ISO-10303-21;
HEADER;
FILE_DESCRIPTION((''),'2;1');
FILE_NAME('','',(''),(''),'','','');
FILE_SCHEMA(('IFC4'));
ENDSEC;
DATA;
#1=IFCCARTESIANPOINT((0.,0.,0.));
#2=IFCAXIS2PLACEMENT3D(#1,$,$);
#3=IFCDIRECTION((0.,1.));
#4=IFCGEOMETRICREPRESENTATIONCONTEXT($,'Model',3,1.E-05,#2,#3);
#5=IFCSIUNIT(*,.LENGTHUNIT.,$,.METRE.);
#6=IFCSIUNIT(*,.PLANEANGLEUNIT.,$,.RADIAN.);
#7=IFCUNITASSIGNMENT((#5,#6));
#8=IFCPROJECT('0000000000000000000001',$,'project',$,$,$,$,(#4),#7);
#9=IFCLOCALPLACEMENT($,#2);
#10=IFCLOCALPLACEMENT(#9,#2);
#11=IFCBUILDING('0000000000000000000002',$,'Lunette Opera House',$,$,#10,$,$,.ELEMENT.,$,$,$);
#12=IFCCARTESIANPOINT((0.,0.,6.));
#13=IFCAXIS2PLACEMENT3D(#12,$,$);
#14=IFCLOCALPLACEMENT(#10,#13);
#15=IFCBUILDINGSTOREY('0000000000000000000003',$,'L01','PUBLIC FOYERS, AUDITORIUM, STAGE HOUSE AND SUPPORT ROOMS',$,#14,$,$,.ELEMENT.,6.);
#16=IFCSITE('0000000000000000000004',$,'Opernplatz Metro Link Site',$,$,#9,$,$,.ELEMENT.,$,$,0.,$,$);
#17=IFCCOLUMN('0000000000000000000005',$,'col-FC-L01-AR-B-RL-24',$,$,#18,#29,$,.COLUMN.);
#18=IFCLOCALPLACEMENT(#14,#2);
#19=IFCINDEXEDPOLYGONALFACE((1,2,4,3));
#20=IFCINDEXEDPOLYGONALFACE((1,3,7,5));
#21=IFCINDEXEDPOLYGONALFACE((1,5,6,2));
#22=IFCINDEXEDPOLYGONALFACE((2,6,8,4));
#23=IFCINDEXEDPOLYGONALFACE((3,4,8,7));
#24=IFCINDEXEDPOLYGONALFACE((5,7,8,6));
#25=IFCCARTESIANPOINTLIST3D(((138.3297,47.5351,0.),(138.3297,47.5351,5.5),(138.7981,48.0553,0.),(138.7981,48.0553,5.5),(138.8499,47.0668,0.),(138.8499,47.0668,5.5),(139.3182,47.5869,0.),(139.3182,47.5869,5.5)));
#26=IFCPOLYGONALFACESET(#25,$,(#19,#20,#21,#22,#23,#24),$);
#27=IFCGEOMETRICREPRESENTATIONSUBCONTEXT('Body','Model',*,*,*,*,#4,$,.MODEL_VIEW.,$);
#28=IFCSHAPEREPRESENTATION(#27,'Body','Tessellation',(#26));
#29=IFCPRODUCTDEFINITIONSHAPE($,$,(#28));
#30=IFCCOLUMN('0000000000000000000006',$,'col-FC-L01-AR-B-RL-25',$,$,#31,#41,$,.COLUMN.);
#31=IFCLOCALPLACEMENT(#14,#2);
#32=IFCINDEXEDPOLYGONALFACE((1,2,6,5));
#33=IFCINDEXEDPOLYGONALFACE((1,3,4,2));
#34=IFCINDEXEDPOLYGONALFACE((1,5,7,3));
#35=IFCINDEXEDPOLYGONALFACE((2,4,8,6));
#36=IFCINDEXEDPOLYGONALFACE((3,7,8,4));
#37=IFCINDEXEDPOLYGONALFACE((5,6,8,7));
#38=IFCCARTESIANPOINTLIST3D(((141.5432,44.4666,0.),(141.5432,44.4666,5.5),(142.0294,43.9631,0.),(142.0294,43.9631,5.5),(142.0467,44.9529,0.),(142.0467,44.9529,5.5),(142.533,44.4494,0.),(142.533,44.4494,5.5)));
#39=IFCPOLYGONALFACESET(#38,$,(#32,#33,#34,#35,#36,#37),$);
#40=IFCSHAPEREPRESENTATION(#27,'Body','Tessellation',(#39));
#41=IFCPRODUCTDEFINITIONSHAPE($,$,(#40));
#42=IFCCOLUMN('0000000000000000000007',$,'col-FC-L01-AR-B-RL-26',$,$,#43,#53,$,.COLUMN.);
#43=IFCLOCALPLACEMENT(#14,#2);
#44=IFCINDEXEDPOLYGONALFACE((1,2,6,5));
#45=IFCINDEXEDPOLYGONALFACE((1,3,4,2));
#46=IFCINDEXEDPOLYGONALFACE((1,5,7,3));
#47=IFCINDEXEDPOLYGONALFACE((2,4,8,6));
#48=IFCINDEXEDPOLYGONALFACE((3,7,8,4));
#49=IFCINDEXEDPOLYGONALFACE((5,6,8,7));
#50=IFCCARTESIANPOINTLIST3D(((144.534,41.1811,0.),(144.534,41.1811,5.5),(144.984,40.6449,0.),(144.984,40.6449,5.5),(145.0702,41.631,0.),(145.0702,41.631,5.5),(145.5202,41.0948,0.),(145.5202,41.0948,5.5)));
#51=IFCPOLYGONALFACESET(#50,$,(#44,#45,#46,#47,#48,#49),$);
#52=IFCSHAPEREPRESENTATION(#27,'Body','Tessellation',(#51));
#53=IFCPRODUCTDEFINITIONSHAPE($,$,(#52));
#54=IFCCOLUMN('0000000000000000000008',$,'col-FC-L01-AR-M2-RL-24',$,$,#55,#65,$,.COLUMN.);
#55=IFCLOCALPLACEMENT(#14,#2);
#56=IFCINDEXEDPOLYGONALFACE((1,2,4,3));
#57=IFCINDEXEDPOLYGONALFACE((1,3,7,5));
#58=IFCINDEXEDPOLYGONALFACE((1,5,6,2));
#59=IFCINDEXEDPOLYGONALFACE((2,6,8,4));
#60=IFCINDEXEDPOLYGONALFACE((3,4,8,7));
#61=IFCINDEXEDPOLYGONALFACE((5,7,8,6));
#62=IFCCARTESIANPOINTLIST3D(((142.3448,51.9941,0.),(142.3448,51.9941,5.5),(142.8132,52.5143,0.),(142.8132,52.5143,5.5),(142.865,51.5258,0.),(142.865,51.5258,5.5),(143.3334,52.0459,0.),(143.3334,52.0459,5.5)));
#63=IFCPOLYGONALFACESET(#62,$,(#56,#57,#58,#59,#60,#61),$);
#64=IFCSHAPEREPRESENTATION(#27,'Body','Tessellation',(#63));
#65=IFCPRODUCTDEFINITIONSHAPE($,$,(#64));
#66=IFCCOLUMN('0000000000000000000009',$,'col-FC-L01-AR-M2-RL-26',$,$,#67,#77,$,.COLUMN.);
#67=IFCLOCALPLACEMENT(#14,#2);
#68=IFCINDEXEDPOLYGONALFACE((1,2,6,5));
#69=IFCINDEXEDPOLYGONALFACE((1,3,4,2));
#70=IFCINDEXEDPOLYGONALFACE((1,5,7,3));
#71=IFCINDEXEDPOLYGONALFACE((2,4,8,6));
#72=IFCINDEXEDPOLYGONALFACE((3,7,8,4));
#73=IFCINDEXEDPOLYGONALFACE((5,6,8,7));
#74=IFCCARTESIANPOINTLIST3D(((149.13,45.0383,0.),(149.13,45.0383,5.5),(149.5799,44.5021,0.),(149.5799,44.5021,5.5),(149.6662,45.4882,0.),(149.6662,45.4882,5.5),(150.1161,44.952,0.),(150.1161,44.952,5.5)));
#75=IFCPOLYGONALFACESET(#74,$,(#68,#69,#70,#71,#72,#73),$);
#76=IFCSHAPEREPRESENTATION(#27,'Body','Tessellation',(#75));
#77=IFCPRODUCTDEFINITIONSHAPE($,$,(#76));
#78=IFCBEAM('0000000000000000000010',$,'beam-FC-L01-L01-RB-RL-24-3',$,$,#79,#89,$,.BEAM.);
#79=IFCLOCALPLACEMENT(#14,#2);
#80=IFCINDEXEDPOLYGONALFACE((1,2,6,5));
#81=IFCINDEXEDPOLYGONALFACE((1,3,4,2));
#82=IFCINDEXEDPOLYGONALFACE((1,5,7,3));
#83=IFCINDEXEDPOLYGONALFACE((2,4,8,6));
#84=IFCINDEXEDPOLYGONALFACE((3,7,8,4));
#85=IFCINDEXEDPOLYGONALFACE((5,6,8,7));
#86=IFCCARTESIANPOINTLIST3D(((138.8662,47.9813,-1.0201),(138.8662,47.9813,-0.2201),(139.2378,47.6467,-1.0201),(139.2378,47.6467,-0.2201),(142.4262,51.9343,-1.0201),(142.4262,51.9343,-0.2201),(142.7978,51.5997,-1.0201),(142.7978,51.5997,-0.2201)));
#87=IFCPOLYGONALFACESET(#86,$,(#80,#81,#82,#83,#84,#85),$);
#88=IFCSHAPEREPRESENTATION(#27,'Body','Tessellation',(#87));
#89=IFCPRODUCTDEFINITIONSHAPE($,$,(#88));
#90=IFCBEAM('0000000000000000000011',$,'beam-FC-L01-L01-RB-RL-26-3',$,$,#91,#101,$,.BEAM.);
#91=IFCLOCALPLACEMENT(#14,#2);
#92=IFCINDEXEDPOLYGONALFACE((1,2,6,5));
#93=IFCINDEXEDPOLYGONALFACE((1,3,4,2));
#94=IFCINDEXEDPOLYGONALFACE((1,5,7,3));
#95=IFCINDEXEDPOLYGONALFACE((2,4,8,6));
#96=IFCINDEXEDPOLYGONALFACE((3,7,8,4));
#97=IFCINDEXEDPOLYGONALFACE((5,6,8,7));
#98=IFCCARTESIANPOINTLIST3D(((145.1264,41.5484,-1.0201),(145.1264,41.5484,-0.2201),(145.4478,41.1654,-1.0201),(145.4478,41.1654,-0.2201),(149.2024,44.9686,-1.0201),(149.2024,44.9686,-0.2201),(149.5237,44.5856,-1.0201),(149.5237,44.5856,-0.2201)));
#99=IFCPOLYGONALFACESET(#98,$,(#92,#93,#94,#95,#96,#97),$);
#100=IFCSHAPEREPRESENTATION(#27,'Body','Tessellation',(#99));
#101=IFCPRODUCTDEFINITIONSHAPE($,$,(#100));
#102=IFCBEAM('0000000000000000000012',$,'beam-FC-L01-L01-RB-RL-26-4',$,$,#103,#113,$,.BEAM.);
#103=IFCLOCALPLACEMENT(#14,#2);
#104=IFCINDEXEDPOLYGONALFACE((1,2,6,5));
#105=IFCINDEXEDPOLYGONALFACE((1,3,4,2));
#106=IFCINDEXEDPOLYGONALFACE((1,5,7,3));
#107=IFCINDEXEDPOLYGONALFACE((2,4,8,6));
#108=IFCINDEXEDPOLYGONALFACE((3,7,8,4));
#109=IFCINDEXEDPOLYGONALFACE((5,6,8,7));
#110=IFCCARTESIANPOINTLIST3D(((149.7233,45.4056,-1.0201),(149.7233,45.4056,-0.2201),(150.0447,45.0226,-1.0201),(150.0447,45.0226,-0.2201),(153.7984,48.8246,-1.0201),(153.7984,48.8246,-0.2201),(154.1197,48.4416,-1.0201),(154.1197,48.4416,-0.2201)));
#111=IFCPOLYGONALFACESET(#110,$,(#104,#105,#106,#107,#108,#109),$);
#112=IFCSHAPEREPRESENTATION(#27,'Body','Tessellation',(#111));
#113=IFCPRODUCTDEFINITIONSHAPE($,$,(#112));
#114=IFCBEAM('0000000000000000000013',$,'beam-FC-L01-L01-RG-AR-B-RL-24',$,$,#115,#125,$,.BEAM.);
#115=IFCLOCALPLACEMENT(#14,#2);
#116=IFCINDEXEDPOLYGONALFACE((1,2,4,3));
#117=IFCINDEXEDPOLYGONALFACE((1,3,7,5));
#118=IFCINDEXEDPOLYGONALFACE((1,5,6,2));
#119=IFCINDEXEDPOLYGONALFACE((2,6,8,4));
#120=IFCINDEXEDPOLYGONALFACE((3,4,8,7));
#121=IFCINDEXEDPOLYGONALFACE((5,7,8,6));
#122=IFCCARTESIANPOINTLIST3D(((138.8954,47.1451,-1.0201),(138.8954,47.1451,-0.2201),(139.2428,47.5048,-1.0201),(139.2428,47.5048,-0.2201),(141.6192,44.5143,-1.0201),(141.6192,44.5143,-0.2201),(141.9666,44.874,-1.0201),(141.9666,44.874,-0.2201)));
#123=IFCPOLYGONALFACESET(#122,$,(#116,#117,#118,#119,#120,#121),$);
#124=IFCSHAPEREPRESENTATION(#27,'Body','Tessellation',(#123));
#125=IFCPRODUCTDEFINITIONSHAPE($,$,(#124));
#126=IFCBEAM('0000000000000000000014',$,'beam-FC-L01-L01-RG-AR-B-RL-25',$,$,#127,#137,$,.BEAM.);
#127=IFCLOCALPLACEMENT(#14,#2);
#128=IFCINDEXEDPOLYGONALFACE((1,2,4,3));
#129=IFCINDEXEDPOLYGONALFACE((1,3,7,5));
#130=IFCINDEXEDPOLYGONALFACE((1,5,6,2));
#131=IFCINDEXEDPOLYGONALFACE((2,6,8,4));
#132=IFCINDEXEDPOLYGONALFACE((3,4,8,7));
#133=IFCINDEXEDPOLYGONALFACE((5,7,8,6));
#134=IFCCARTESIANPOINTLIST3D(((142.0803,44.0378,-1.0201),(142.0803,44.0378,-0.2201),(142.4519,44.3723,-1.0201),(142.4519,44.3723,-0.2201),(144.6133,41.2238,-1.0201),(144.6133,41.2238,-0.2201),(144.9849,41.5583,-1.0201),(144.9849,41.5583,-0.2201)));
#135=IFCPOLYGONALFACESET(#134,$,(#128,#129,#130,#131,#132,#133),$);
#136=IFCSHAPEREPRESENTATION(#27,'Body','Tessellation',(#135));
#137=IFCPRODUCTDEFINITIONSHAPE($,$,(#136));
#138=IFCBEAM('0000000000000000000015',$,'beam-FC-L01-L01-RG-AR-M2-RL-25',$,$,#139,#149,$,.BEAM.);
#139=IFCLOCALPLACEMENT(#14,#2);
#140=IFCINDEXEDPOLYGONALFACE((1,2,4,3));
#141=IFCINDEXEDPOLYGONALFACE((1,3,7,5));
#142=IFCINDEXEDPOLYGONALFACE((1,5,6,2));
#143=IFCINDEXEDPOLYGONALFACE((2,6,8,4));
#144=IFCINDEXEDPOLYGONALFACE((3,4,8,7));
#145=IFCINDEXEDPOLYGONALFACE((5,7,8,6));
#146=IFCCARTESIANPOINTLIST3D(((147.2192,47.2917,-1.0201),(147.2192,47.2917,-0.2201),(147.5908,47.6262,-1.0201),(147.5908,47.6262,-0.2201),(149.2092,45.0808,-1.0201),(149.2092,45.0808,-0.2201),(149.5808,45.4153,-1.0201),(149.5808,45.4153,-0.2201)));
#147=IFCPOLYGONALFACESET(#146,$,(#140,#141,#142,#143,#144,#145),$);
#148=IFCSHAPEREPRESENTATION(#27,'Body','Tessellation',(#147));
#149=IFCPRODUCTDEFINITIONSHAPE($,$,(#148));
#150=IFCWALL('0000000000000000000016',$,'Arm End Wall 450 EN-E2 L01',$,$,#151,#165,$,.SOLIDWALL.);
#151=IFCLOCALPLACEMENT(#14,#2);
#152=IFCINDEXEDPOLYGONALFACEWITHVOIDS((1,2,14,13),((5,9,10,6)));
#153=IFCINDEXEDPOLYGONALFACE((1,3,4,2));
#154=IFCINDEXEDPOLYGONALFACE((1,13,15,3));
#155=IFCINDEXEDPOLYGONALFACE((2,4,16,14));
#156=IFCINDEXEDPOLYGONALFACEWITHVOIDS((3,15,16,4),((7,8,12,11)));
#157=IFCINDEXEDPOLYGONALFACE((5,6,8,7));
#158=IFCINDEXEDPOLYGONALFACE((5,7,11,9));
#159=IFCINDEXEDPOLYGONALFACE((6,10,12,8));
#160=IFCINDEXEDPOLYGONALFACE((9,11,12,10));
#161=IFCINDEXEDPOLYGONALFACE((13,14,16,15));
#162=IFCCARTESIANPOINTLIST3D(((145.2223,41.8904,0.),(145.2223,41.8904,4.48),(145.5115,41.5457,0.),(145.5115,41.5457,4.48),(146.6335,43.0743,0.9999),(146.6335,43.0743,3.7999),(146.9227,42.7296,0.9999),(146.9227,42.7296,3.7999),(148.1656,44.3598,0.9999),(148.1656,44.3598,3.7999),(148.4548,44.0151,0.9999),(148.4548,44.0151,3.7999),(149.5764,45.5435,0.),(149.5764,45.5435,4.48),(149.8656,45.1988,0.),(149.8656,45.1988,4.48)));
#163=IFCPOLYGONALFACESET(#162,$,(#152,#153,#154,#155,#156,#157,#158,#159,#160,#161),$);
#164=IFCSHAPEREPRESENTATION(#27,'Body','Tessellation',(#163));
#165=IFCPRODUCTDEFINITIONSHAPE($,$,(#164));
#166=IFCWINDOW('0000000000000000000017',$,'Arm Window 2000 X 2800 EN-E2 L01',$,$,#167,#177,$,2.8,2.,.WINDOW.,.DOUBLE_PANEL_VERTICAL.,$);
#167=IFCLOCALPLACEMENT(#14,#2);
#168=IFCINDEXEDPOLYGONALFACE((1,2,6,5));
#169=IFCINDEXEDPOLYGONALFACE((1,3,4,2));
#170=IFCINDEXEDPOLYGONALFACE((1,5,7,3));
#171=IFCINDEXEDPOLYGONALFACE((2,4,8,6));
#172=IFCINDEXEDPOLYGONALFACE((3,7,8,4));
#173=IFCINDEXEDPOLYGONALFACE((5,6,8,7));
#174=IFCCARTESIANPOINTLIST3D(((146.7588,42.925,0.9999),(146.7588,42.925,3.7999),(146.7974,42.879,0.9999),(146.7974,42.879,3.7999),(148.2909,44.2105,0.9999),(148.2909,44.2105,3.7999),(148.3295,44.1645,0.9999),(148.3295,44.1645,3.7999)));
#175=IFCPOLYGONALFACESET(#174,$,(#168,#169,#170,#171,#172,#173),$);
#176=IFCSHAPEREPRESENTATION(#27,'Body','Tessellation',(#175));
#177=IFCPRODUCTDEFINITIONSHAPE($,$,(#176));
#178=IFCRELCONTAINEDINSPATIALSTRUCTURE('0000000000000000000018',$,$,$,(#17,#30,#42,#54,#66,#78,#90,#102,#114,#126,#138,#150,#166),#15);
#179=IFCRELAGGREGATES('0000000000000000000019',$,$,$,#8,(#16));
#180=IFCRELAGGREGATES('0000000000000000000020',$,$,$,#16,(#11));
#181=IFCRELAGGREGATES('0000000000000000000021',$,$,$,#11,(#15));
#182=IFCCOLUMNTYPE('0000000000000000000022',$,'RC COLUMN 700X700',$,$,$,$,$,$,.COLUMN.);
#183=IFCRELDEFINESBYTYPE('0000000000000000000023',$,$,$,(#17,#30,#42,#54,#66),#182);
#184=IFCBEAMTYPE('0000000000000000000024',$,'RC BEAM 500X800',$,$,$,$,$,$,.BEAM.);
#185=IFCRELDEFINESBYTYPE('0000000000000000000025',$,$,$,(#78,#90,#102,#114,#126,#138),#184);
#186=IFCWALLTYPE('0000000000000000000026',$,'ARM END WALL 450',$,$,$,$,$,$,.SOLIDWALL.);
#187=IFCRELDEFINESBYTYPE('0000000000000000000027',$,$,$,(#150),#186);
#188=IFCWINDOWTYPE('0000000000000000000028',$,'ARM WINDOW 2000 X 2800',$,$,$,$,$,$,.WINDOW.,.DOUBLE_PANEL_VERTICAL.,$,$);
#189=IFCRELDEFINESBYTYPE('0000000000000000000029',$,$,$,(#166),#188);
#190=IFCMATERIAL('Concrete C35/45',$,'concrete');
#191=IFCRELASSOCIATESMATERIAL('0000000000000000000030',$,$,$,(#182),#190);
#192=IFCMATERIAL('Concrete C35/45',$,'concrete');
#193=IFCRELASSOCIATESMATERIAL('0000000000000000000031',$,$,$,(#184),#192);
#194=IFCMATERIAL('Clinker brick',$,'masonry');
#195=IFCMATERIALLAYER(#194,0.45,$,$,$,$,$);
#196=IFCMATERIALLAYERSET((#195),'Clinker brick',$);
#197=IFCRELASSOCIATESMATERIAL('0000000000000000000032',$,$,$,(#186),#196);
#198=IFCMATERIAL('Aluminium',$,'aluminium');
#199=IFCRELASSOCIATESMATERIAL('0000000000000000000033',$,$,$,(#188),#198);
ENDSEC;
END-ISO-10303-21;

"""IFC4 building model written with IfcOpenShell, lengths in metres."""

from ifc_helpers import new_model, si_unit, direction, frame, frame_2d, origin, origin_2d, place, context, subcontext, project, spatial, rectangle, extrude, material, layer, layer_set, material_profile, profile_set, type_object, element, fill, save


model = new_model("IFC4")

# Units and contexts
model_context = context("Model", 3, precision=1e-05, world=origin(), true_north=direction((0.0, 1.0)))
body_context = subcontext(model_context, "Body", "Model", "MODEL_VIEW")
ifc_project = project(units=[si_unit("LENGTHUNIT", "METRE"), si_unit("PLANEANGLEUNIT", "RADIAN")], contexts=[model_context])

# Site, building, storey
site_placement = place(None, origin())
site = spatial("IfcSite", under=ifc_project, at=site_placement, Name="Opernplatz Metro Link Site", CompositionType="ELEMENT", RefElevation=0.0)
building_placement = place(site_placement, origin())
building = spatial("IfcBuilding", under=site, at=building_placement, Name="Lunette Opera House", CompositionType="ELEMENT")
storey_placement = place(building_placement, frame((0.0, 0.0, 6.0)))
storey = spatial("IfcBuildingStorey", under=building, at=storey_placement, Name="L01", Description="PUBLIC FOYERS, AUDITORIUM, STAGE HOUSE AND SUPPORT ROOMS", CompositionType="ELEMENT", Elevation=6.0)

# Columns
ifc_material_1 = material(Name="Concrete C35/45", Category="concrete")
ifc_material_profile_1 = material_profile(ifc_material_1, rectangle(XDim=0.7, YDim=0.7, at=origin_2d()), Name="RC COLUMN 700X700")
ifc_profile_set_1 = profile_set([ifc_material_profile_1], Name="Concrete C35/45")
column_type = type_object("IfcColumnType", Name="RC COLUMN 700X700", PredefinedType="COLUMN", material=ifc_profile_set_1)
for number, where, z_axis, x_axis, name in (
    (1, (138.824, 47.561, 0.0), (0.0, 0.0, 1.0), (0.743145, -0.669131, 0.0), "col-FC-L01-AR-B-RL-24"),
    (2, (142.0381, 44.458, 0.0), (0.0, 0.0, 1.0), (0.694658, -0.71934, 0.0), "col-FC-L01-AR-B-RL-25"),
    (3, (145.0271, 41.1379, 0.0), (0.0, 0.0, 1.0), (0.642788, -0.766044, 0.0), "col-FC-L01-AR-B-RL-26"),
    (4, (142.8391, 52.02, 0.0), (0.0, 0.0, 1.0), (0.743145, -0.669131, 0.0), "col-FC-L01-AR-M2-RL-24"),
    (5, (149.623, 44.9951, 0.0), (0.0, 0.0, 1.0), (0.642788, -0.766044, 0.0), "col-FC-L01-AR-M2-RL-26"),
):
    element("IfcColumn", number, at=place(storey_placement, frame(where, z_axis=z_axis, x_axis=x_axis)), inside=storey, type_object=column_type, Name=name, PredefinedType="COLUMN", context=body_context, shape_type="SweptSolid", body=[
        extrude(rectangle(XDim=0.7, YDim=0.7, at=origin_2d()), origin(), (0.0, 0.0, 1.0), 5.5),
    ])

# Beams
ifc_material_2 = material(Name="Concrete C35/45", Category="concrete")
ifc_material_profile_2 = material_profile(ifc_material_2, rectangle(XDim=0.5, YDim=0.8, at=origin_2d()), Name="RC BEAM 500X800")
ifc_profile_set_2 = profile_set([ifc_material_profile_2], Name="Concrete C35/45")
beam_type = type_object("IfcBeamType", Name="RC BEAM 500X800", PredefinedType="BEAM", material=ifc_profile_set_2)
beam_1_placement = place(storey_placement, frame((139.052, 47.814, -0.6201), z_axis=(0.669198, 0.743084, 0.0), x_axis=(-0.743084, 0.669198, 0.0)))
element("IfcBeam", 6, at=beam_1_placement, inside=storey, type_object=beam_type, Name="beam-FC-L01-L01-RB-RL-24-3", PredefinedType="BEAM", context=body_context, shape_type="SweptSolid", body=[
    extrude(rectangle(XDim=0.5, YDim=0.8, at=origin_2d()), origin(), (0.0, 0.0, 1.0), 5.3198),
])
beam_2_placement = place(storey_placement, frame((145.2871, 41.3569, -0.6201), z_axis=(0.766039, 0.642794, 0.0), x_axis=(-0.642794, 0.766039, 0.0)))
element("IfcBeam", 7, at=beam_2_placement, inside=storey, type_object=beam_type, Name="beam-FC-L01-L01-RB-RL-26-3", PredefinedType="BEAM", context=body_context, shape_type="SweptSolid", body=[
    extrude(rectangle(XDim=0.5, YDim=0.8, at=origin_2d()), origin(), (0.0, 0.0, 1.0), 5.3208),
])
beam_3_placement = place(storey_placement, frame((149.884, 45.2141, -0.6201), z_axis=(0.766076, 0.64275, 0.0), x_axis=(-0.64275, 0.766076, 0.0)))
element("IfcBeam", 8, at=beam_3_placement, inside=storey, type_object=beam_type, Name="beam-FC-L01-L01-RB-RL-26-4", PredefinedType="BEAM", context=body_context, shape_type="SweptSolid", body=[
    extrude(rectangle(XDim=0.5, YDim=0.8, at=origin_2d()), origin(), (0.0, 0.0, 1.0), 5.3193),
])
beam_4_placement = place(storey_placement, frame((139.0691, 47.325, -0.6201), z_axis=(0.719281, -0.694719, 0.0), x_axis=(0.694719, 0.719281, 0.0)))
element("IfcBeam", 9, at=beam_4_placement, inside=storey, type_object=beam_type, Name="beam-FC-L01-L01-RG-AR-B-RL-24", PredefinedType="BEAM", context=body_context, shape_type="SweptSolid", body=[
    extrude(rectangle(XDim=0.5, YDim=0.8, at=origin_2d()), origin(), (0.0, 0.0, 1.0), 3.7869),
])
beam_5_placement = place(storey_placement, frame((142.2661, 44.2051, -0.6201), z_axis=(0.669022, -0.743243, 0.0), x_axis=(0.743243, 0.669022, 0.0)))
element("IfcBeam", 10, at=beam_5_placement, inside=storey, type_object=beam_type, Name="beam-FC-L01-L01-RG-AR-B-RL-25", PredefinedType="BEAM", context=body_context, shape_type="SweptSolid", body=[
    extrude(rectangle(XDim=0.5, YDim=0.8, at=origin_2d()), origin(), (0.0, 0.0, 1.0), 3.7861),
])
beam_6_placement = place(storey_placement, frame((147.405, 47.459, -0.6201), z_axis=(0.668992, -0.74327, 0.0), x_axis=(0.74327, 0.668992, 0.0)))
element("IfcBeam", 11, at=beam_6_placement, inside=storey, type_object=beam_type, Name="beam-FC-L01-L01-RG-AR-M2-RL-25", PredefinedType="BEAM", context=body_context, shape_type="SweptSolid", body=[
    extrude(rectangle(XDim=0.5, YDim=0.8, at=origin_2d()), origin(), (0.0, 0.0, 1.0), 2.9746),
])

# Wall, opening, window
ifc_material_3 = material(Name="Clinker brick", Category="masonry")
ifc_layer_1 = layer(ifc_material_3, 0.45)
ifc_layer_set_1 = layer_set([ifc_layer_1], Name="Clinker brick")
wall_type_1 = type_object("IfcWallType", Name="ARM END WALL 450", PredefinedType="SOLIDWALL", material=ifc_layer_set_1)
wall_1_placement = place(storey_placement, frame((145.3669, 41.718, 0.0), z_axis=(0.0, 0.0, 1.0), x_axis=(0.766076, 0.64275, 0.0)))
wall_1 = element("IfcWall", 12, at=wall_1_placement, inside=storey, type_object=wall_type_1, Name="Arm End Wall 450 EN-E2 L01", PredefinedType="SOLIDWALL", context=body_context, shape_type="SweptSolid", body=[
    extrude(rectangle(XDim=5.6836, YDim=0.45, at=frame_2d((2.8418, 0.0))), origin(), (0.0, 0.0, 1.0), 4.48),
])
opening_1_placement = place(wall_1_placement, frame((1.842, 0.0, 1.0)))
opening_1 = element("IfcOpeningElement", 13, at=opening_1_placement, cuts=wall_1, PredefinedType="OPENING", context=body_context, shape_type="SweptSolid", body=[
    extrude(rectangle(XDim=2.0, YDim=2.8, at=frame_2d((1.0, 1.3999))), frame((0.0, 0.2371, 0.0), z_axis=(0.0, -1.0, 0.0), x_axis=(1.0, 0.0, 0.0)), (0.0, 0.0, 1.0), 0.4739),
])
ifc_material_4 = material(Name="Aluminium", Category="aluminium")
window_type = type_object("IfcWindowType", Name="ARM WINDOW 2000 X 2800", PartitioningType="DOUBLE_PANEL_VERTICAL", PredefinedType="WINDOW", material=ifc_material_4)
window_1_placement = place(opening_1_placement, origin())
window_1 = element("IfcWindow", 14, at=window_1_placement, inside=storey, type_object=window_type, Name="Arm Window 2000 X 2800 EN-E2 L01", OverallHeight=2.8, OverallWidth=2.0, PartitioningType="DOUBLE_PANEL_VERTICAL", PredefinedType="WINDOW", context=body_context, shape_type="SweptSolid", body=[
    extrude(rectangle(XDim=2.0, YDim=2.8, at=frame_2d((1.0, 1.3999))), frame((0.0, 0.03, 0.0), z_axis=(0.0, -1.0, 0.0), x_axis=(1.0, 0.0, 0.0)), (0.0, 0.0, 1.0), 0.0601),
])
fill(opening_1, window_1)

save(model, "model.ifc")
